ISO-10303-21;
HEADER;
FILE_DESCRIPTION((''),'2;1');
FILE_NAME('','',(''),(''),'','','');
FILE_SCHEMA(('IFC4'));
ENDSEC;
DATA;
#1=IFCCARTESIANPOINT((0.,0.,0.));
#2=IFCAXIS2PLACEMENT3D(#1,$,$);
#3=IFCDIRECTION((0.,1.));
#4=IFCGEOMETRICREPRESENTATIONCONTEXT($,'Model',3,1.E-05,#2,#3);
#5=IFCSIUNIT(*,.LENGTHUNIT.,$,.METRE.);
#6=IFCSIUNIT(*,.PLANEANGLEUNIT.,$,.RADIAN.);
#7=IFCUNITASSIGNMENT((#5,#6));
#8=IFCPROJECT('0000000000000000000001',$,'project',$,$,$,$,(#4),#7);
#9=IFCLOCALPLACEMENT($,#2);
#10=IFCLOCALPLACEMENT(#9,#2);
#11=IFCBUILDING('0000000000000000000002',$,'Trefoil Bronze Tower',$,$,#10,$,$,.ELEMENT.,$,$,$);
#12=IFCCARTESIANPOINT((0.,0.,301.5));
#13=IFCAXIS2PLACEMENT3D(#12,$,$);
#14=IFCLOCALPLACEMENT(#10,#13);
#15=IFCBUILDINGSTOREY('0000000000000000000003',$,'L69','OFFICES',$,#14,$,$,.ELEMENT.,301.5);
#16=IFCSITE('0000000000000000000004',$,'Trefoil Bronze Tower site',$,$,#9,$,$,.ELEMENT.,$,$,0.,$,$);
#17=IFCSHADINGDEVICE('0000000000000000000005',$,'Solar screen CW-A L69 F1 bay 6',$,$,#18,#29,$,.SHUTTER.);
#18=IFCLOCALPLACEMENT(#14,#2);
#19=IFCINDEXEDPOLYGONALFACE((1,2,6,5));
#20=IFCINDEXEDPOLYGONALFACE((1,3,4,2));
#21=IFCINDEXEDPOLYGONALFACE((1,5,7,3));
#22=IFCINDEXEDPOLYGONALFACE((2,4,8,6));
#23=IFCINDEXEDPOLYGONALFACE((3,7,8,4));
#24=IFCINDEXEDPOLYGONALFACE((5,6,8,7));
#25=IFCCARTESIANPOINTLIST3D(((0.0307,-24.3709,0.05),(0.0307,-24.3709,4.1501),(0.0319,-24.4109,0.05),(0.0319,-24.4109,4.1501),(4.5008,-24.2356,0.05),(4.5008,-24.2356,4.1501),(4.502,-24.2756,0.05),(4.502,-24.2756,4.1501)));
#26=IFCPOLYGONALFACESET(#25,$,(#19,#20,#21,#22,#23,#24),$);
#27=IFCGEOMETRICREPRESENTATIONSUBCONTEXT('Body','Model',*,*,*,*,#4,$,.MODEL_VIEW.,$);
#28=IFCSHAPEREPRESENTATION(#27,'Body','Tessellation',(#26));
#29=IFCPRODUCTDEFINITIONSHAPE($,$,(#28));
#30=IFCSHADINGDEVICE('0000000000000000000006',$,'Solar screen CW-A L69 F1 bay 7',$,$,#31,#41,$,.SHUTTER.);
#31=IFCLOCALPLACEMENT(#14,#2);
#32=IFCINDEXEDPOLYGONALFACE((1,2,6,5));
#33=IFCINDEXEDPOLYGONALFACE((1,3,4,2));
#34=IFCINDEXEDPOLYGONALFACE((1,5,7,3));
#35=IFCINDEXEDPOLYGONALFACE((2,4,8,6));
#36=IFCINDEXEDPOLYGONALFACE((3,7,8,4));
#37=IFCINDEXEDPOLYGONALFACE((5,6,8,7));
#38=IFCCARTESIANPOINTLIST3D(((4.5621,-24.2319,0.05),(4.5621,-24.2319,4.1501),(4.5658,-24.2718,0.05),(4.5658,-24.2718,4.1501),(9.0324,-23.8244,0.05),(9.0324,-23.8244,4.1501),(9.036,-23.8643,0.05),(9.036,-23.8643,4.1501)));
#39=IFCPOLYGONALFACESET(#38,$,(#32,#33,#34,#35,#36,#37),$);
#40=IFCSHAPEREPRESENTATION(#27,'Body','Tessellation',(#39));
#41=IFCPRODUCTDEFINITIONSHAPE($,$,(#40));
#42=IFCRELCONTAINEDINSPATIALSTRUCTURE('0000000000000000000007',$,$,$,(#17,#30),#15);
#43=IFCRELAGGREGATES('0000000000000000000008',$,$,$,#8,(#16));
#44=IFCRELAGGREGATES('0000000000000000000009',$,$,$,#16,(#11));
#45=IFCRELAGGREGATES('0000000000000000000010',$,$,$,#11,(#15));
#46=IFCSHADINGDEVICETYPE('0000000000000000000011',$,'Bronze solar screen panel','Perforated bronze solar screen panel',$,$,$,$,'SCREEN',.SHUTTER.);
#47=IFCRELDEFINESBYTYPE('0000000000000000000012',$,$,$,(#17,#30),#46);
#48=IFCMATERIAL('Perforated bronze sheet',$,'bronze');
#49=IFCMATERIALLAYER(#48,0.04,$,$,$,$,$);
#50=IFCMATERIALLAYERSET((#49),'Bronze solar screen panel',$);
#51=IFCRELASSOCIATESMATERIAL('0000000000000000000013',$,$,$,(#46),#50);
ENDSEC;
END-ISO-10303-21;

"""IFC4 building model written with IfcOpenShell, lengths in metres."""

from ifc_helpers import new_model, si_unit, direction, frame, origin, origin_2d, place, context, subcontext, project, spatial, rectangle, extrude, material, layer, layer_set, type_object, element, save


model = new_model("IFC4")

# Units and contexts
model_context = context("Model", 3, precision=1e-05, world=origin(), true_north=direction((0.0, 1.0)))
body_context = subcontext(model_context, "Body", "Model", "MODEL_VIEW")
ifc_project = project(units=[si_unit("LENGTHUNIT", "METRE"), si_unit("PLANEANGLEUNIT", "RADIAN")], contexts=[model_context])

# Site, building, storey
site_placement = place(None, origin())
site = spatial("IfcSite", under=ifc_project, at=site_placement, Name="Trefoil Bronze Tower site", CompositionType="ELEMENT", RefElevation=0.0)
building_placement = place(site_placement, origin())
building = spatial("IfcBuilding", under=site, at=building_placement, Name="Trefoil Bronze Tower", CompositionType="ELEMENT")
storey_placement = place(building_placement, frame((0.0, 0.0, 301.5)))
storey = spatial("IfcBuildingStorey", under=building, at=storey_placement, Name="L69", Description="OFFICES", CompositionType="ELEMENT", Elevation=301.5)

# Shading devices
ifc_material_1 = material(Name="Perforated bronze sheet", Category="bronze")
ifc_layer_1 = layer(ifc_material_1, 0.04)
ifc_layer_set_1 = layer_set([ifc_layer_1], Name="Bronze solar screen panel")
shading_device_type = type_object("IfcShadingDeviceType", Name="Bronze solar screen panel", Description="Perforated bronze solar screen panel", ElementType="SCREEN", PredefinedType="SHUTTER", material=ifc_layer_set_1)
shading_device_1_placement = place(storey_placement, frame((2.2664, -24.3232, 0.05), z_axis=(0.0, 0.0, 1.0), x_axis=(0.999542, 0.030263, 0.0)))
element("IfcShadingDevice", 1, at=shading_device_1_placement, inside=storey, type_object=shading_device_type, Name="Solar screen CW-A L69 F1 bay 6", PredefinedType="SHUTTER", context=body_context, shape_type="SweptSolid", body=[
    extrude(rectangle(XDim=4.4722, YDim=0.04, at=origin_2d()), origin(), (0.0, 0.0, 1.0), 4.1001),
])
shading_device_2_placement = place(storey_placement, frame((6.7991, -24.0481, 0.05), z_axis=(0.0, 0.0, 1.0), x_axis=(0.99587, 0.090789, 0.0)))
element("IfcShadingDevice", 2, at=shading_device_2_placement, inside=storey, type_object=shading_device_type, Name="Solar screen CW-A L69 F1 bay 7", PredefinedType="SHUTTER", context=body_context, shape_type="SweptSolid", body=[
    extrude(rectangle(XDim=4.4888, YDim=0.04, at=origin_2d()), origin(), (0.0, 0.0, 1.0), 4.1001),
])

save(model, "model.ifc")
